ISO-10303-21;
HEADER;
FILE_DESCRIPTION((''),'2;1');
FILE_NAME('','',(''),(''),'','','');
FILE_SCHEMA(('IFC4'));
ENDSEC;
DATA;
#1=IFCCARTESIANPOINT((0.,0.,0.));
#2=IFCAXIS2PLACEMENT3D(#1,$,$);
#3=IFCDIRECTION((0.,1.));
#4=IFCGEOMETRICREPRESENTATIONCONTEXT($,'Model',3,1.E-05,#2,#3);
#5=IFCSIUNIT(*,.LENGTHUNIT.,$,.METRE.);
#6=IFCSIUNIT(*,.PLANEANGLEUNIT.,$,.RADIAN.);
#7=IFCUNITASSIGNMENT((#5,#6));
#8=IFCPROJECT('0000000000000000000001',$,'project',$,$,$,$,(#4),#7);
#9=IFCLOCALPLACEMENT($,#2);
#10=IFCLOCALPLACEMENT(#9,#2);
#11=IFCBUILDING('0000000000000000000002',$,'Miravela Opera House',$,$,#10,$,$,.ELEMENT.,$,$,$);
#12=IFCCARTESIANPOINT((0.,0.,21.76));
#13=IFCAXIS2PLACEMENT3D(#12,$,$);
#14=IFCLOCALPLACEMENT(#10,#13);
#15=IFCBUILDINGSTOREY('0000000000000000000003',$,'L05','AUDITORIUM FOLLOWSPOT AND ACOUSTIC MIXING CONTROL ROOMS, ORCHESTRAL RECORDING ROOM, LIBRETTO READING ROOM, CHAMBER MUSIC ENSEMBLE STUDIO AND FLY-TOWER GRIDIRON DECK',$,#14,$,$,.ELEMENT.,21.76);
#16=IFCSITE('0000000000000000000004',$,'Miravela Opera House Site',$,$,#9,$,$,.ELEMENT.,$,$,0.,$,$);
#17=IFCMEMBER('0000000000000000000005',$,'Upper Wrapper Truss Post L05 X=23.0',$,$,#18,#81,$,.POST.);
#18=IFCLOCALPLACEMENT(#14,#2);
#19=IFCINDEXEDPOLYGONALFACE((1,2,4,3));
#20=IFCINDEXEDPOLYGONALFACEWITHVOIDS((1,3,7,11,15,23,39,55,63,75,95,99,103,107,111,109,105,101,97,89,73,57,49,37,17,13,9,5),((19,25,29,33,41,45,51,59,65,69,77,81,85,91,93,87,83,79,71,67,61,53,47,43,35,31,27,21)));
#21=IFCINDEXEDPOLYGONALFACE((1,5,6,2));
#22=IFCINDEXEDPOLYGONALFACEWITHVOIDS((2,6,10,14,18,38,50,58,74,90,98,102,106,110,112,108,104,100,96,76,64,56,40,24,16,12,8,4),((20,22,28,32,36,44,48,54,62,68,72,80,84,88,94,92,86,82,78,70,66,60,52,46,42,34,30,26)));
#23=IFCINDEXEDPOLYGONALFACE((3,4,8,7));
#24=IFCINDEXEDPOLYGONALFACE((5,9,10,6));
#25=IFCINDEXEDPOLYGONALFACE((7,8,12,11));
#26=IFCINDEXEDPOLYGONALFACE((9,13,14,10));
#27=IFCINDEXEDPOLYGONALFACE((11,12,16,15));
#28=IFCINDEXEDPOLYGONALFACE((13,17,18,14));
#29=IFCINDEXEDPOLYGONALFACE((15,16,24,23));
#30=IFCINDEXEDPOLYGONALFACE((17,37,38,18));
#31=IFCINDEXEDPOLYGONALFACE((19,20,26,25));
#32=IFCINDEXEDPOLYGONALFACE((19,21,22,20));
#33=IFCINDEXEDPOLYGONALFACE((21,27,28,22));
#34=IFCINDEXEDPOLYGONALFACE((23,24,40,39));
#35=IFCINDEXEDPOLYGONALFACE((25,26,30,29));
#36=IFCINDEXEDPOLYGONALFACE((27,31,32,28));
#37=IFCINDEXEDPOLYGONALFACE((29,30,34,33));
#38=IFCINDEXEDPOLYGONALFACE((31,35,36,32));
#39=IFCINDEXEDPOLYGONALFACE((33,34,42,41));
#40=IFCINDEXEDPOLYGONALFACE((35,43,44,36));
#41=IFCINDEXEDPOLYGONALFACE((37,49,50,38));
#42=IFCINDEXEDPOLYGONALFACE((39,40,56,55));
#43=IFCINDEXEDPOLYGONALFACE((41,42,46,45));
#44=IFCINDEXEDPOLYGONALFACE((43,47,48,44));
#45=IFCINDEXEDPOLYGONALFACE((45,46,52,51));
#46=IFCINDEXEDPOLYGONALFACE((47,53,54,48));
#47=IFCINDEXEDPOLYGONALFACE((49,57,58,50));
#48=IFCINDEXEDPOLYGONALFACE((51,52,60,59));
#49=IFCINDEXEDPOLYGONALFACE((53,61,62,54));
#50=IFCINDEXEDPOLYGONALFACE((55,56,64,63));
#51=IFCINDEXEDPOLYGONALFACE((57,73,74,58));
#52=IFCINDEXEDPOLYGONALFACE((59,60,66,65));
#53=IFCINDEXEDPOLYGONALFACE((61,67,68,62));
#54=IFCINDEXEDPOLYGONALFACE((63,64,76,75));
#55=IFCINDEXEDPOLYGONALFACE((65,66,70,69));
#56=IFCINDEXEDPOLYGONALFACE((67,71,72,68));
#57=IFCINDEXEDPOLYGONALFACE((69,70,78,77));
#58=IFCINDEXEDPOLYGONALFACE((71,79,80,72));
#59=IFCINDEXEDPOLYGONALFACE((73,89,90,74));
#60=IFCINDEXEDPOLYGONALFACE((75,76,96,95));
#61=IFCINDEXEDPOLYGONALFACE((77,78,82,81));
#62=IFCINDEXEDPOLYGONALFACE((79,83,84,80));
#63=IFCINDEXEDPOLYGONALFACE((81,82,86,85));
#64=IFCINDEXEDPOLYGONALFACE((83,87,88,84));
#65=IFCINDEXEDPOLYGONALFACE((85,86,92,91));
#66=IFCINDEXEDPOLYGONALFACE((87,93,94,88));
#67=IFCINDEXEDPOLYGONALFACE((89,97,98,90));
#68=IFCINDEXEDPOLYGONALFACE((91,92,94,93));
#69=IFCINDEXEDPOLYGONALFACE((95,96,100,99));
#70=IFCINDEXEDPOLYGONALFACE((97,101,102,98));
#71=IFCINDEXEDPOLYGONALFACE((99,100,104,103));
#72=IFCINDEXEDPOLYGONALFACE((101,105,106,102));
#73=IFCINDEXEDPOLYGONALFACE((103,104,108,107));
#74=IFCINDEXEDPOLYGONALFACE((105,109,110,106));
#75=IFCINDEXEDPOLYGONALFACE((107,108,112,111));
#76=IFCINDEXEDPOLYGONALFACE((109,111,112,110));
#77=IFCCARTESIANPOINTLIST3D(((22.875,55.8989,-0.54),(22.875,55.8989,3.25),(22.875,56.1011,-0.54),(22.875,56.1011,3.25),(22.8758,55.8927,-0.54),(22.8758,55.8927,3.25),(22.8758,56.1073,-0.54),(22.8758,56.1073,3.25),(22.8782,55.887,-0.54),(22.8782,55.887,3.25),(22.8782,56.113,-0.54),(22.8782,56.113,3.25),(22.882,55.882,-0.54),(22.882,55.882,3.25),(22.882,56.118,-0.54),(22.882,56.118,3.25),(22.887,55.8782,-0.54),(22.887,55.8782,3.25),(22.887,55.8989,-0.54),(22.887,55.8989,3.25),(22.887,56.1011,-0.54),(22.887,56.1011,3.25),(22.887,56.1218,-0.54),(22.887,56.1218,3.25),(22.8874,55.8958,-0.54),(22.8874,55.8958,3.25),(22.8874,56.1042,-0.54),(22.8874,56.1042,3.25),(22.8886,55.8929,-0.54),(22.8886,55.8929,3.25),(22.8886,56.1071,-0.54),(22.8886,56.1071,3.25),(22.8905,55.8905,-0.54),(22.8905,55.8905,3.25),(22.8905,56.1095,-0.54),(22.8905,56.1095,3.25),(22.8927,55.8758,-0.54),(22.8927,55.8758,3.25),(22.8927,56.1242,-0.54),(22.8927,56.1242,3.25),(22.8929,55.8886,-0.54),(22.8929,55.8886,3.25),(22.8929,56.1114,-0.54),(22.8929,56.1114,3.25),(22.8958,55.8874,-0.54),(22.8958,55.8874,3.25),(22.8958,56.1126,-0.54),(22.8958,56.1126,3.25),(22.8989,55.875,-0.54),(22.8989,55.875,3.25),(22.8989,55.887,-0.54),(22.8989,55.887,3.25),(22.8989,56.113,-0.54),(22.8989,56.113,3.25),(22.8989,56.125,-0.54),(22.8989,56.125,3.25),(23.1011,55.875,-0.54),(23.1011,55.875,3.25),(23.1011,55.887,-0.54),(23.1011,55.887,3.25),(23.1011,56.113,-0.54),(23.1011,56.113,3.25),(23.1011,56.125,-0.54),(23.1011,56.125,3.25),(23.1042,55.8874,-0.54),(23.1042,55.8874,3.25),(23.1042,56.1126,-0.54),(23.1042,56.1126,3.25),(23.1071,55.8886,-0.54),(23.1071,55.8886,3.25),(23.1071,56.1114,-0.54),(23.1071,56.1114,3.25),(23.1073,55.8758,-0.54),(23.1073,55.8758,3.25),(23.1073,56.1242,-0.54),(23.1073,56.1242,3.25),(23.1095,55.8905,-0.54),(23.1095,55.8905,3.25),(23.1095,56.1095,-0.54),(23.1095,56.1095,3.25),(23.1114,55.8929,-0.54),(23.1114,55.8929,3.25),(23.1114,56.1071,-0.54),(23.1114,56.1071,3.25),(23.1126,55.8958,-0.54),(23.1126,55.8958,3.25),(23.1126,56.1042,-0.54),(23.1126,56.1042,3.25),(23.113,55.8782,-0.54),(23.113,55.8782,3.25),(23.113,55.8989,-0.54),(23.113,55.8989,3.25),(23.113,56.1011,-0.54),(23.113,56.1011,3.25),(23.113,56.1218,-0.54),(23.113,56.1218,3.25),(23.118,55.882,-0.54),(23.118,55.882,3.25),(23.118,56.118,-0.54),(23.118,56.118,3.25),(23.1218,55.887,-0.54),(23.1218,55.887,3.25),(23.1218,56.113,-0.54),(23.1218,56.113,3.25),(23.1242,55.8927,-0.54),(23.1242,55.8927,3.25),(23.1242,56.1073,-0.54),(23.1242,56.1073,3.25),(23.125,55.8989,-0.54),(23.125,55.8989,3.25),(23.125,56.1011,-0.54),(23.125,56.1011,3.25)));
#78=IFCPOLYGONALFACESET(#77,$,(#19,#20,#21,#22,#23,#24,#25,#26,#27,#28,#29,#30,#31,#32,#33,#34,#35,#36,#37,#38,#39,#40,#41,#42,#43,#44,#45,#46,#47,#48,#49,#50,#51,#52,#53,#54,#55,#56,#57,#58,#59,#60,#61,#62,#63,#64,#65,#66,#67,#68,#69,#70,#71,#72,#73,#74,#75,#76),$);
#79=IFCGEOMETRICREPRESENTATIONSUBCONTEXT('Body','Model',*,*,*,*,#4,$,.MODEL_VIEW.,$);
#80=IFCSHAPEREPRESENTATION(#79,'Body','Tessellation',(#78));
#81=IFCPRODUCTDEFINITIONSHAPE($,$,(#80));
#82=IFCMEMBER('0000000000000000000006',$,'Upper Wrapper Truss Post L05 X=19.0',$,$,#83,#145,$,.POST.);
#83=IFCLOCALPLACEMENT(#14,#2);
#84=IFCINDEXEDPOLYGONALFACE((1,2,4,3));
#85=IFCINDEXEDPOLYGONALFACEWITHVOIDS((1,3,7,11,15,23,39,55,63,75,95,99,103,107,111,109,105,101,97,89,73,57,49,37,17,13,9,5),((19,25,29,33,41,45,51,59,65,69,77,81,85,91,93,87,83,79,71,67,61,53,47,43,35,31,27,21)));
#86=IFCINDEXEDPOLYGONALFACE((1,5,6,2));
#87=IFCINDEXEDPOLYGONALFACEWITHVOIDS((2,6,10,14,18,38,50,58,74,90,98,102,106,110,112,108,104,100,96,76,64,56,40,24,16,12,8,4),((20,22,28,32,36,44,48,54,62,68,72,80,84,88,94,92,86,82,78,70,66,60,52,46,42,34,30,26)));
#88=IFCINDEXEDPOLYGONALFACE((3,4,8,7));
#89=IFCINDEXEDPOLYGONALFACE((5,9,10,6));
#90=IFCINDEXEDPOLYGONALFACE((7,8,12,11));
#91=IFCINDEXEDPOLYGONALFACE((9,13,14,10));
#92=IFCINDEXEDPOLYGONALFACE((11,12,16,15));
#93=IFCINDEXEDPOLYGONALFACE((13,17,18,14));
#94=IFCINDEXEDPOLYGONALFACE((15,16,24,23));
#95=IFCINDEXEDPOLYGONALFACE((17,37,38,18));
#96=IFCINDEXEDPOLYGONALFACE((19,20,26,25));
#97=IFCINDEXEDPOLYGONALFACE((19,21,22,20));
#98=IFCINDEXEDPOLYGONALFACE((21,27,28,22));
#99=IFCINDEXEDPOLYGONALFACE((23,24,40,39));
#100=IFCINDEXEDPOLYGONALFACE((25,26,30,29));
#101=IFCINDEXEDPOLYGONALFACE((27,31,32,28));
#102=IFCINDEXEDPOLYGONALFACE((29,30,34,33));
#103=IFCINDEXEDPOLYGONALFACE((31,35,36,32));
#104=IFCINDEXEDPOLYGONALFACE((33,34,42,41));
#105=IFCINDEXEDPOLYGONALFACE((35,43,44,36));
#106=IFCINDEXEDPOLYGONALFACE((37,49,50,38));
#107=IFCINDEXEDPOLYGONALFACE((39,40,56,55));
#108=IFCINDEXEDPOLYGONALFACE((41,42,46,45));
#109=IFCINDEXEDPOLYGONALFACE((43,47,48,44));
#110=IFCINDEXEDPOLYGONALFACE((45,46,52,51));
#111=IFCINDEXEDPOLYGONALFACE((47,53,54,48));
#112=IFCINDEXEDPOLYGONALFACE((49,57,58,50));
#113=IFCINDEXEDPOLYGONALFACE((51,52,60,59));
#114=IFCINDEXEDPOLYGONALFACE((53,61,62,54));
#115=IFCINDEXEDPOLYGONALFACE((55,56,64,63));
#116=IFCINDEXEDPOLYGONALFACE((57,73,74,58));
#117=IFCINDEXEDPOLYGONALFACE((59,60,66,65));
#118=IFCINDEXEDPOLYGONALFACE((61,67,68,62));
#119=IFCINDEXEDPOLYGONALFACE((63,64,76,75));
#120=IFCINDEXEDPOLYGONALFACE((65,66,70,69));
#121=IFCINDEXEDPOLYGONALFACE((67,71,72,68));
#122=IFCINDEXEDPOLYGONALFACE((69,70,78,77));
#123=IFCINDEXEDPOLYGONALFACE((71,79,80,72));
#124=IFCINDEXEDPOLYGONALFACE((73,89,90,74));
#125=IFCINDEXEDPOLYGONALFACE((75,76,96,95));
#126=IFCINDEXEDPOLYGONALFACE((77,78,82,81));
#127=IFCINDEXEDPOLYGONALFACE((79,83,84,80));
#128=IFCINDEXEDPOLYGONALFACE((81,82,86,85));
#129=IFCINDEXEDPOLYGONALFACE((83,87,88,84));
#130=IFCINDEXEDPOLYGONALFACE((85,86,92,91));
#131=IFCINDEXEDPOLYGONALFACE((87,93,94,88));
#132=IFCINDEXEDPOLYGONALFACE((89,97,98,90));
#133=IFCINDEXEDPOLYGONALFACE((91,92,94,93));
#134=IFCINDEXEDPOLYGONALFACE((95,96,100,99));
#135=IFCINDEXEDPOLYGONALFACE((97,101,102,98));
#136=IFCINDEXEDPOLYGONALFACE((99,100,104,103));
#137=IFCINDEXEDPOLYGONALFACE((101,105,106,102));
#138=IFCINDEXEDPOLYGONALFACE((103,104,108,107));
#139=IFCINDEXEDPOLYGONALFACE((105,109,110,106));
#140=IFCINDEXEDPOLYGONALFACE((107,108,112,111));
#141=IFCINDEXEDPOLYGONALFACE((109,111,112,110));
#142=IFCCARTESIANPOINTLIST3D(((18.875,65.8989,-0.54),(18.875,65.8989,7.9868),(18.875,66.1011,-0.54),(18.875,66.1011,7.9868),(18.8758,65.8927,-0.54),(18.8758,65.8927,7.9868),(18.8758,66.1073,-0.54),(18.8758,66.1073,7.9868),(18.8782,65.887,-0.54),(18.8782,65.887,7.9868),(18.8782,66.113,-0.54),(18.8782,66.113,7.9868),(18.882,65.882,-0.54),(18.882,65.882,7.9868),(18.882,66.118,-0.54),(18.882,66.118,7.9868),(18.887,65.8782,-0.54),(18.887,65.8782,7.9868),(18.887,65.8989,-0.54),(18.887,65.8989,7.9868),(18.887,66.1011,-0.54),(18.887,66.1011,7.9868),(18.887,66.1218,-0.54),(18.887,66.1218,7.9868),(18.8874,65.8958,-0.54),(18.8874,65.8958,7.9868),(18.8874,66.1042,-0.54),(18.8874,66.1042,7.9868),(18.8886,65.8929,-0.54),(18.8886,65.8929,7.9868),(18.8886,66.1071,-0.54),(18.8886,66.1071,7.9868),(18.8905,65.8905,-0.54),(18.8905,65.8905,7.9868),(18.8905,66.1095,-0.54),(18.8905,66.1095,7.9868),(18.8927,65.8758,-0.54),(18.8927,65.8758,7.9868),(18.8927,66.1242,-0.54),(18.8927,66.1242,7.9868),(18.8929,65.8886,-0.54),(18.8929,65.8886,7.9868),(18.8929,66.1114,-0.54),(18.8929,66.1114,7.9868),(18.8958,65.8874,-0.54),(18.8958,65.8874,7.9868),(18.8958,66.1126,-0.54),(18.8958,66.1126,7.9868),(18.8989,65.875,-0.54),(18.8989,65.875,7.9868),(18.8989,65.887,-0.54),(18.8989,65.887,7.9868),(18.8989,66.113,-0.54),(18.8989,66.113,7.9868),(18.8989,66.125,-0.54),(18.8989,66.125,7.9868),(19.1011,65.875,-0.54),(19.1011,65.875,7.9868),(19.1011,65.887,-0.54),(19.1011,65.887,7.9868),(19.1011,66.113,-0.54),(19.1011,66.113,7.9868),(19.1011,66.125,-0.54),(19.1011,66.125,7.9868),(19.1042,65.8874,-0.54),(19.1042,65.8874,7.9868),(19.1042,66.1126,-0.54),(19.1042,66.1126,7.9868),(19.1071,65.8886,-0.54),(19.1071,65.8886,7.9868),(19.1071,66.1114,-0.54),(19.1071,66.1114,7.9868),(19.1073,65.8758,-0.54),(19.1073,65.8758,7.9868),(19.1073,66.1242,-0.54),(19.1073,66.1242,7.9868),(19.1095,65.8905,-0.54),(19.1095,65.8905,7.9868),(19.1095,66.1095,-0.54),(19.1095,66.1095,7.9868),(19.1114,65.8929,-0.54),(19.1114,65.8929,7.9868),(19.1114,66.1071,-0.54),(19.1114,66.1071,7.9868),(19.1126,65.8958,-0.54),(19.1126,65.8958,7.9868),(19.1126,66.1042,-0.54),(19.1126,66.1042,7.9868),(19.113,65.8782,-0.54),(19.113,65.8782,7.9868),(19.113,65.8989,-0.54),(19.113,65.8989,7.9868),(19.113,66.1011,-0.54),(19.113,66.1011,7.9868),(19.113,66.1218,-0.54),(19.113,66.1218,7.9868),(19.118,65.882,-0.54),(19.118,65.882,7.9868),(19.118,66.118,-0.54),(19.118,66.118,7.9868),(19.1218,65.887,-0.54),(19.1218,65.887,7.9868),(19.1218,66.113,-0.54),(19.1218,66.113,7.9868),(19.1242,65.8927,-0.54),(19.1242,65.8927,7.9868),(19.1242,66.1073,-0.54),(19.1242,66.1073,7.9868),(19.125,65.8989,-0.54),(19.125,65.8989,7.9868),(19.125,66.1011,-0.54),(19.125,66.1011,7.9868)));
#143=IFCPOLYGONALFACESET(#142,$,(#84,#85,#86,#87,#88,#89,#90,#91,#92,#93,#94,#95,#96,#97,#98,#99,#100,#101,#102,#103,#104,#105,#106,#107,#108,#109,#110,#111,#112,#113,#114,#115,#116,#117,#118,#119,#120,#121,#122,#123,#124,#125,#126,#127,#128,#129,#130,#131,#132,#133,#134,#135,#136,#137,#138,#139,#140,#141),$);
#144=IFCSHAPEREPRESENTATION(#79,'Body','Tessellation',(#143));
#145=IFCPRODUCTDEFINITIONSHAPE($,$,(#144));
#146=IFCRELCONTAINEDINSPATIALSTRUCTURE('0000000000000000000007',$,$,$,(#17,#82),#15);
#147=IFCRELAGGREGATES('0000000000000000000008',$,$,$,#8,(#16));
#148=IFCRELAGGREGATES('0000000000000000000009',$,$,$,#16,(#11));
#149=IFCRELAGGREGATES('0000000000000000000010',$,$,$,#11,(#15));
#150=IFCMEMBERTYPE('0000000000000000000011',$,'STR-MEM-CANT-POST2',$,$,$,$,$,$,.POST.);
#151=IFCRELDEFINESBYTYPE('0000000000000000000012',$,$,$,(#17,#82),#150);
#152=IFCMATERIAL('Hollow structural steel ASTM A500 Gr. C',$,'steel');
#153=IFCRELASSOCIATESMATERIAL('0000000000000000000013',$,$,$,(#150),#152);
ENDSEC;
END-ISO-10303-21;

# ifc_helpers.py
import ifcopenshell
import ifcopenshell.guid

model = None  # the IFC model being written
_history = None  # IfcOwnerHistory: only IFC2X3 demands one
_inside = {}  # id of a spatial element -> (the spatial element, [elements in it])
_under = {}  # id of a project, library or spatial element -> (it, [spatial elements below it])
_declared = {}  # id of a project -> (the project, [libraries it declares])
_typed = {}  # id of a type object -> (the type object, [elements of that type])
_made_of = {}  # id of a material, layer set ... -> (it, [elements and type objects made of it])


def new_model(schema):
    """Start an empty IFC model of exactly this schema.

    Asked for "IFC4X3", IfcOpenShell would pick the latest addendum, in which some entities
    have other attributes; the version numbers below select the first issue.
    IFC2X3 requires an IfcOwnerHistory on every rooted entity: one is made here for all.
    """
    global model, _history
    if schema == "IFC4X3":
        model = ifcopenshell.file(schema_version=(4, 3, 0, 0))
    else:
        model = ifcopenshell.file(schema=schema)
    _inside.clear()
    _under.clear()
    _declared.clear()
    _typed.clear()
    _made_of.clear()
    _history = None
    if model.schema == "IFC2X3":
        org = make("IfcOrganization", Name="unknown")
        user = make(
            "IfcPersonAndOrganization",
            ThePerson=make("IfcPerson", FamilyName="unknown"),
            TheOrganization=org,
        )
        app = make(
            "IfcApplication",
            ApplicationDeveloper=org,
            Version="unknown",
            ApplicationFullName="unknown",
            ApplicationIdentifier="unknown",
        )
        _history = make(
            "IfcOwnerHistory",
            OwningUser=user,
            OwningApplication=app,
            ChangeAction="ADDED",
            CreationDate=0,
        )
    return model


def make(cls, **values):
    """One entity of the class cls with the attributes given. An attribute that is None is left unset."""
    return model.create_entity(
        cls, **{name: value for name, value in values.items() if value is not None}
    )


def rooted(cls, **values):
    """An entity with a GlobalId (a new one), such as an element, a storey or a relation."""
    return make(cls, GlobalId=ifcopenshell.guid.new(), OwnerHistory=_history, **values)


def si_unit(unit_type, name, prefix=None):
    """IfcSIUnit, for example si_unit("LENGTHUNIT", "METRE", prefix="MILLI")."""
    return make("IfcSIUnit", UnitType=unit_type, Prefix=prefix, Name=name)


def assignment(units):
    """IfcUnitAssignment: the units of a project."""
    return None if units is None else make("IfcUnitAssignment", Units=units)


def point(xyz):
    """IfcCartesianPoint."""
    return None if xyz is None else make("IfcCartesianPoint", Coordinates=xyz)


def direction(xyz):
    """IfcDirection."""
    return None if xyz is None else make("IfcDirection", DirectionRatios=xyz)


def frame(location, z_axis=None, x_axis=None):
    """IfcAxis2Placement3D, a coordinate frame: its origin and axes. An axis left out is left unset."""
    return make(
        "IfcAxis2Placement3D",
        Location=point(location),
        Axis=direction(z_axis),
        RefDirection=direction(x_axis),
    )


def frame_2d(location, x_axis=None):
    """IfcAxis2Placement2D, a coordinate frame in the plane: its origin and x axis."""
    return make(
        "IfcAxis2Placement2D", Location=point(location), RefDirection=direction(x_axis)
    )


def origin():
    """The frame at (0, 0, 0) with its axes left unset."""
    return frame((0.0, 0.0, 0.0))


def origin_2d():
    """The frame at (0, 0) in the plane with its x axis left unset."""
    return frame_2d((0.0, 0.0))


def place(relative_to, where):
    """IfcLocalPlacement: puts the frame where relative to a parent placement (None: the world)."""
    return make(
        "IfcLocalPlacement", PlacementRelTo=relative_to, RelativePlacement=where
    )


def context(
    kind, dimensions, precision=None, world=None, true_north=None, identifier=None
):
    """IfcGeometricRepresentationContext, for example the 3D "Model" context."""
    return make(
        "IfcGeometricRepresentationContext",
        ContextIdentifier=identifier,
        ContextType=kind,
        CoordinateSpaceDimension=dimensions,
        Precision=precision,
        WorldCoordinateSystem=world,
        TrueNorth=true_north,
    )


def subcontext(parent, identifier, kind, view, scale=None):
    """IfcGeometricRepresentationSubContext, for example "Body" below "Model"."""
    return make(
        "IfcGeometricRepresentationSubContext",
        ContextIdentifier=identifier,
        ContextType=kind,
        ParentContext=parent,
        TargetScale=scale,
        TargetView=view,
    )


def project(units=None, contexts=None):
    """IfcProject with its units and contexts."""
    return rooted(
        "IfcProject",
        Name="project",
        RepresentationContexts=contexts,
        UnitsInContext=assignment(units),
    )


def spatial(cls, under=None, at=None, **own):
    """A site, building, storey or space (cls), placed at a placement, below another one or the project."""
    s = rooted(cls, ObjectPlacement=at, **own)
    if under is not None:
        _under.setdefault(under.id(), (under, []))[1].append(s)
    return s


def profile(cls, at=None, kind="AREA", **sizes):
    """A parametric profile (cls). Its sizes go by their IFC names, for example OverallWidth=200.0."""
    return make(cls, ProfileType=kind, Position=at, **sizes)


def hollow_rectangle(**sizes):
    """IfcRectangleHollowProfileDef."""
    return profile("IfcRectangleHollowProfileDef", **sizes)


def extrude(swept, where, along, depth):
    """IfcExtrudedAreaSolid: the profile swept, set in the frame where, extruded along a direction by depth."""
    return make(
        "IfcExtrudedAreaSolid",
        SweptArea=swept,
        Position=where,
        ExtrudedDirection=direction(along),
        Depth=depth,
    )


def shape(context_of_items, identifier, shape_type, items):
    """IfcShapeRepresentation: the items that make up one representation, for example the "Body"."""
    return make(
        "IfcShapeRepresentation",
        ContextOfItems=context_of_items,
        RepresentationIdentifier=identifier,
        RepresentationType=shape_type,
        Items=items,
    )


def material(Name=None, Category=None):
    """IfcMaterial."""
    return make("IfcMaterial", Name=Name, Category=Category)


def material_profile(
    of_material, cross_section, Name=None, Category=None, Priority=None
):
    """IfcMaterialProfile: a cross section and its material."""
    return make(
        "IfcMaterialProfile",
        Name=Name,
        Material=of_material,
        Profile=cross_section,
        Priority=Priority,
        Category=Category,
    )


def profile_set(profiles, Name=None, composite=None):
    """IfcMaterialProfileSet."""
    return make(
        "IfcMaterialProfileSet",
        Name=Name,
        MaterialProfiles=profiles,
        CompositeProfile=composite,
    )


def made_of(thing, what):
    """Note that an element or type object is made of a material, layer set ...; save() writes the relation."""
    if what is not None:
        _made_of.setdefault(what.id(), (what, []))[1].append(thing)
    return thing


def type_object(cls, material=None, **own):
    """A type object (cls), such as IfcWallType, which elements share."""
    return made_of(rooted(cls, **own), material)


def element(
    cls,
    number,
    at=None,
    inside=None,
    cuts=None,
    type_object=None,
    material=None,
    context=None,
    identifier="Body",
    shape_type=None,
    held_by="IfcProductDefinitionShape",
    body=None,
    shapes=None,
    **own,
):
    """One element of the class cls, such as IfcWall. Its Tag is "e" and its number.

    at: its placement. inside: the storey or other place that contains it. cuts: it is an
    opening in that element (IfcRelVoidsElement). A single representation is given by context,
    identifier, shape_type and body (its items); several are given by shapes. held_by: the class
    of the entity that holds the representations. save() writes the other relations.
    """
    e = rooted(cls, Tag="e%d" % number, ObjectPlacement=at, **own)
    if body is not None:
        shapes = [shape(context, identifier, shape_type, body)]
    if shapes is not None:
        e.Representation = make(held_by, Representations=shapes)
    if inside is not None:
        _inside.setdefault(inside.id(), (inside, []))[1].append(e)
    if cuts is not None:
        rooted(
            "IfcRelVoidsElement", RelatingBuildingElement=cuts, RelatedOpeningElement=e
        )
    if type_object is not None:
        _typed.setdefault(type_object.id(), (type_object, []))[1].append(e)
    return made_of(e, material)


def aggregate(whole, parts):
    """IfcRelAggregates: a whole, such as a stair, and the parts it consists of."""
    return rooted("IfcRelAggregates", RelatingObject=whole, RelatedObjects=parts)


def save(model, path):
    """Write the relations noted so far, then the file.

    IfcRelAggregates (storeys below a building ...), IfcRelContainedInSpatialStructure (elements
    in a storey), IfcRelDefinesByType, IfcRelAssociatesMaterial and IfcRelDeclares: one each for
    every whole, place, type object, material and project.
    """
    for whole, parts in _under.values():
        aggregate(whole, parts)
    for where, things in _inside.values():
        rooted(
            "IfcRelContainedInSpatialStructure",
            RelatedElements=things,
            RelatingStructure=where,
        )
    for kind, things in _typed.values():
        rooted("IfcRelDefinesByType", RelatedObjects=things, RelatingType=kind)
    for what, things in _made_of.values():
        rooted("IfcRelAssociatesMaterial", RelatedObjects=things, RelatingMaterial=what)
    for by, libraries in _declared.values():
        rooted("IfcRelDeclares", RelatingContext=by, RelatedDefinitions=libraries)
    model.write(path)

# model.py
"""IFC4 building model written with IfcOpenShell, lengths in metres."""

from ifc_helpers import new_model, si_unit, direction, frame, origin, origin_2d, place, context, subcontext, project, spatial, hollow_rectangle, extrude, material, material_profile, profile_set, type_object, element, save


model = new_model("IFC4")

# Units and contexts
model_context = context("Model", 3, precision=1e-05, world=origin(), true_north=direction((0.0, 1.0)))
body_context = subcontext(model_context, "Body", "Model", "MODEL_VIEW")
ifc_project = project(units=[si_unit("LENGTHUNIT", "METRE"), si_unit("PLANEANGLEUNIT", "RADIAN")], contexts=[model_context])

# Site, building, storey
site_placement = place(None, origin())
site = spatial("IfcSite", under=ifc_project, at=site_placement, Name="Miravela Opera House Site", CompositionType="ELEMENT", RefElevation=0.0)
building_placement = place(site_placement, origin())
building = spatial("IfcBuilding", under=site, at=building_placement, Name="Miravela Opera House", CompositionType="ELEMENT")
storey_placement = place(building_placement, frame((0.0, 0.0, 21.76)))
storey = spatial("IfcBuildingStorey", under=building, at=storey_placement, Name="L05", Description="AUDITORIUM FOLLOWSPOT AND ACOUSTIC MIXING CONTROL ROOMS, ORCHESTRAL RECORDING ROOM, LIBRETTO READING ROOM, CHAMBER MUSIC ENSEMBLE STUDIO AND FLY-TOWER GRIDIRON DECK", CompositionType="ELEMENT", Elevation=21.76)

# Members
ifc_material_1 = material(Name="Hollow structural steel ASTM A500 Gr. C", Category="steel")
ifc_material_profile_1 = material_profile(ifc_material_1, hollow_rectangle(XDim=0.25, YDim=0.25, WallThickness=0.012, InnerFilletRadius=0.012, OuterFilletRadius=0.0239, at=origin_2d()), Name="HSS250X250X12")
ifc_profile_set_1 = profile_set([ifc_material_profile_1])
member_type_1 = type_object("IfcMemberType", Name="STR-MEM-CANT-POST2", PredefinedType="POST", material=ifc_profile_set_1)
for number, where, z_axis, x_axis, name in (
    (1, (23.0, 56.0, -0.54), (0.0, 0.0, 1.0), (1.0, 0.0, 0.0), "Upper Wrapper Truss Post L05 X=23.0"),
):
    element("IfcMember", number, at=place(storey_placement, frame(where, z_axis=z_axis, x_axis=x_axis)), inside=storey, type_object=member_type_1, Name=name, PredefinedType="POST", context=body_context, shape_type="SweptSolid", body=[
        extrude(hollow_rectangle(XDim=0.25, YDim=0.25, WallThickness=0.012, InnerFilletRadius=0.012, OuterFilletRadius=0.0239, at=origin_2d()), origin(), (0.0, 0.0, 1.0), 3.79),
    ])
for number, where, z_axis, x_axis, name in (
    (2, (19.0, 66.0, -0.54), (0.0, 0.0, 1.0), (1.0, 0.0, 0.0), "Upper Wrapper Truss Post L05 X=19.0"),
):
    element("IfcMember", number, at=place(storey_placement, frame(where, z_axis=z_axis, x_axis=x_axis)), inside=storey, type_object=member_type_1, Name=name, PredefinedType="POST", context=body_context, shape_type="SweptSolid", body=[
        extrude(hollow_rectangle(XDim=0.25, YDim=0.25, WallThickness=0.012, InnerFilletRadius=0.012, OuterFilletRadius=0.0239, at=origin_2d()), origin(), (0.0, 0.0, 1.0), 8.5269),
    ])

save(model, "model.ifc")
